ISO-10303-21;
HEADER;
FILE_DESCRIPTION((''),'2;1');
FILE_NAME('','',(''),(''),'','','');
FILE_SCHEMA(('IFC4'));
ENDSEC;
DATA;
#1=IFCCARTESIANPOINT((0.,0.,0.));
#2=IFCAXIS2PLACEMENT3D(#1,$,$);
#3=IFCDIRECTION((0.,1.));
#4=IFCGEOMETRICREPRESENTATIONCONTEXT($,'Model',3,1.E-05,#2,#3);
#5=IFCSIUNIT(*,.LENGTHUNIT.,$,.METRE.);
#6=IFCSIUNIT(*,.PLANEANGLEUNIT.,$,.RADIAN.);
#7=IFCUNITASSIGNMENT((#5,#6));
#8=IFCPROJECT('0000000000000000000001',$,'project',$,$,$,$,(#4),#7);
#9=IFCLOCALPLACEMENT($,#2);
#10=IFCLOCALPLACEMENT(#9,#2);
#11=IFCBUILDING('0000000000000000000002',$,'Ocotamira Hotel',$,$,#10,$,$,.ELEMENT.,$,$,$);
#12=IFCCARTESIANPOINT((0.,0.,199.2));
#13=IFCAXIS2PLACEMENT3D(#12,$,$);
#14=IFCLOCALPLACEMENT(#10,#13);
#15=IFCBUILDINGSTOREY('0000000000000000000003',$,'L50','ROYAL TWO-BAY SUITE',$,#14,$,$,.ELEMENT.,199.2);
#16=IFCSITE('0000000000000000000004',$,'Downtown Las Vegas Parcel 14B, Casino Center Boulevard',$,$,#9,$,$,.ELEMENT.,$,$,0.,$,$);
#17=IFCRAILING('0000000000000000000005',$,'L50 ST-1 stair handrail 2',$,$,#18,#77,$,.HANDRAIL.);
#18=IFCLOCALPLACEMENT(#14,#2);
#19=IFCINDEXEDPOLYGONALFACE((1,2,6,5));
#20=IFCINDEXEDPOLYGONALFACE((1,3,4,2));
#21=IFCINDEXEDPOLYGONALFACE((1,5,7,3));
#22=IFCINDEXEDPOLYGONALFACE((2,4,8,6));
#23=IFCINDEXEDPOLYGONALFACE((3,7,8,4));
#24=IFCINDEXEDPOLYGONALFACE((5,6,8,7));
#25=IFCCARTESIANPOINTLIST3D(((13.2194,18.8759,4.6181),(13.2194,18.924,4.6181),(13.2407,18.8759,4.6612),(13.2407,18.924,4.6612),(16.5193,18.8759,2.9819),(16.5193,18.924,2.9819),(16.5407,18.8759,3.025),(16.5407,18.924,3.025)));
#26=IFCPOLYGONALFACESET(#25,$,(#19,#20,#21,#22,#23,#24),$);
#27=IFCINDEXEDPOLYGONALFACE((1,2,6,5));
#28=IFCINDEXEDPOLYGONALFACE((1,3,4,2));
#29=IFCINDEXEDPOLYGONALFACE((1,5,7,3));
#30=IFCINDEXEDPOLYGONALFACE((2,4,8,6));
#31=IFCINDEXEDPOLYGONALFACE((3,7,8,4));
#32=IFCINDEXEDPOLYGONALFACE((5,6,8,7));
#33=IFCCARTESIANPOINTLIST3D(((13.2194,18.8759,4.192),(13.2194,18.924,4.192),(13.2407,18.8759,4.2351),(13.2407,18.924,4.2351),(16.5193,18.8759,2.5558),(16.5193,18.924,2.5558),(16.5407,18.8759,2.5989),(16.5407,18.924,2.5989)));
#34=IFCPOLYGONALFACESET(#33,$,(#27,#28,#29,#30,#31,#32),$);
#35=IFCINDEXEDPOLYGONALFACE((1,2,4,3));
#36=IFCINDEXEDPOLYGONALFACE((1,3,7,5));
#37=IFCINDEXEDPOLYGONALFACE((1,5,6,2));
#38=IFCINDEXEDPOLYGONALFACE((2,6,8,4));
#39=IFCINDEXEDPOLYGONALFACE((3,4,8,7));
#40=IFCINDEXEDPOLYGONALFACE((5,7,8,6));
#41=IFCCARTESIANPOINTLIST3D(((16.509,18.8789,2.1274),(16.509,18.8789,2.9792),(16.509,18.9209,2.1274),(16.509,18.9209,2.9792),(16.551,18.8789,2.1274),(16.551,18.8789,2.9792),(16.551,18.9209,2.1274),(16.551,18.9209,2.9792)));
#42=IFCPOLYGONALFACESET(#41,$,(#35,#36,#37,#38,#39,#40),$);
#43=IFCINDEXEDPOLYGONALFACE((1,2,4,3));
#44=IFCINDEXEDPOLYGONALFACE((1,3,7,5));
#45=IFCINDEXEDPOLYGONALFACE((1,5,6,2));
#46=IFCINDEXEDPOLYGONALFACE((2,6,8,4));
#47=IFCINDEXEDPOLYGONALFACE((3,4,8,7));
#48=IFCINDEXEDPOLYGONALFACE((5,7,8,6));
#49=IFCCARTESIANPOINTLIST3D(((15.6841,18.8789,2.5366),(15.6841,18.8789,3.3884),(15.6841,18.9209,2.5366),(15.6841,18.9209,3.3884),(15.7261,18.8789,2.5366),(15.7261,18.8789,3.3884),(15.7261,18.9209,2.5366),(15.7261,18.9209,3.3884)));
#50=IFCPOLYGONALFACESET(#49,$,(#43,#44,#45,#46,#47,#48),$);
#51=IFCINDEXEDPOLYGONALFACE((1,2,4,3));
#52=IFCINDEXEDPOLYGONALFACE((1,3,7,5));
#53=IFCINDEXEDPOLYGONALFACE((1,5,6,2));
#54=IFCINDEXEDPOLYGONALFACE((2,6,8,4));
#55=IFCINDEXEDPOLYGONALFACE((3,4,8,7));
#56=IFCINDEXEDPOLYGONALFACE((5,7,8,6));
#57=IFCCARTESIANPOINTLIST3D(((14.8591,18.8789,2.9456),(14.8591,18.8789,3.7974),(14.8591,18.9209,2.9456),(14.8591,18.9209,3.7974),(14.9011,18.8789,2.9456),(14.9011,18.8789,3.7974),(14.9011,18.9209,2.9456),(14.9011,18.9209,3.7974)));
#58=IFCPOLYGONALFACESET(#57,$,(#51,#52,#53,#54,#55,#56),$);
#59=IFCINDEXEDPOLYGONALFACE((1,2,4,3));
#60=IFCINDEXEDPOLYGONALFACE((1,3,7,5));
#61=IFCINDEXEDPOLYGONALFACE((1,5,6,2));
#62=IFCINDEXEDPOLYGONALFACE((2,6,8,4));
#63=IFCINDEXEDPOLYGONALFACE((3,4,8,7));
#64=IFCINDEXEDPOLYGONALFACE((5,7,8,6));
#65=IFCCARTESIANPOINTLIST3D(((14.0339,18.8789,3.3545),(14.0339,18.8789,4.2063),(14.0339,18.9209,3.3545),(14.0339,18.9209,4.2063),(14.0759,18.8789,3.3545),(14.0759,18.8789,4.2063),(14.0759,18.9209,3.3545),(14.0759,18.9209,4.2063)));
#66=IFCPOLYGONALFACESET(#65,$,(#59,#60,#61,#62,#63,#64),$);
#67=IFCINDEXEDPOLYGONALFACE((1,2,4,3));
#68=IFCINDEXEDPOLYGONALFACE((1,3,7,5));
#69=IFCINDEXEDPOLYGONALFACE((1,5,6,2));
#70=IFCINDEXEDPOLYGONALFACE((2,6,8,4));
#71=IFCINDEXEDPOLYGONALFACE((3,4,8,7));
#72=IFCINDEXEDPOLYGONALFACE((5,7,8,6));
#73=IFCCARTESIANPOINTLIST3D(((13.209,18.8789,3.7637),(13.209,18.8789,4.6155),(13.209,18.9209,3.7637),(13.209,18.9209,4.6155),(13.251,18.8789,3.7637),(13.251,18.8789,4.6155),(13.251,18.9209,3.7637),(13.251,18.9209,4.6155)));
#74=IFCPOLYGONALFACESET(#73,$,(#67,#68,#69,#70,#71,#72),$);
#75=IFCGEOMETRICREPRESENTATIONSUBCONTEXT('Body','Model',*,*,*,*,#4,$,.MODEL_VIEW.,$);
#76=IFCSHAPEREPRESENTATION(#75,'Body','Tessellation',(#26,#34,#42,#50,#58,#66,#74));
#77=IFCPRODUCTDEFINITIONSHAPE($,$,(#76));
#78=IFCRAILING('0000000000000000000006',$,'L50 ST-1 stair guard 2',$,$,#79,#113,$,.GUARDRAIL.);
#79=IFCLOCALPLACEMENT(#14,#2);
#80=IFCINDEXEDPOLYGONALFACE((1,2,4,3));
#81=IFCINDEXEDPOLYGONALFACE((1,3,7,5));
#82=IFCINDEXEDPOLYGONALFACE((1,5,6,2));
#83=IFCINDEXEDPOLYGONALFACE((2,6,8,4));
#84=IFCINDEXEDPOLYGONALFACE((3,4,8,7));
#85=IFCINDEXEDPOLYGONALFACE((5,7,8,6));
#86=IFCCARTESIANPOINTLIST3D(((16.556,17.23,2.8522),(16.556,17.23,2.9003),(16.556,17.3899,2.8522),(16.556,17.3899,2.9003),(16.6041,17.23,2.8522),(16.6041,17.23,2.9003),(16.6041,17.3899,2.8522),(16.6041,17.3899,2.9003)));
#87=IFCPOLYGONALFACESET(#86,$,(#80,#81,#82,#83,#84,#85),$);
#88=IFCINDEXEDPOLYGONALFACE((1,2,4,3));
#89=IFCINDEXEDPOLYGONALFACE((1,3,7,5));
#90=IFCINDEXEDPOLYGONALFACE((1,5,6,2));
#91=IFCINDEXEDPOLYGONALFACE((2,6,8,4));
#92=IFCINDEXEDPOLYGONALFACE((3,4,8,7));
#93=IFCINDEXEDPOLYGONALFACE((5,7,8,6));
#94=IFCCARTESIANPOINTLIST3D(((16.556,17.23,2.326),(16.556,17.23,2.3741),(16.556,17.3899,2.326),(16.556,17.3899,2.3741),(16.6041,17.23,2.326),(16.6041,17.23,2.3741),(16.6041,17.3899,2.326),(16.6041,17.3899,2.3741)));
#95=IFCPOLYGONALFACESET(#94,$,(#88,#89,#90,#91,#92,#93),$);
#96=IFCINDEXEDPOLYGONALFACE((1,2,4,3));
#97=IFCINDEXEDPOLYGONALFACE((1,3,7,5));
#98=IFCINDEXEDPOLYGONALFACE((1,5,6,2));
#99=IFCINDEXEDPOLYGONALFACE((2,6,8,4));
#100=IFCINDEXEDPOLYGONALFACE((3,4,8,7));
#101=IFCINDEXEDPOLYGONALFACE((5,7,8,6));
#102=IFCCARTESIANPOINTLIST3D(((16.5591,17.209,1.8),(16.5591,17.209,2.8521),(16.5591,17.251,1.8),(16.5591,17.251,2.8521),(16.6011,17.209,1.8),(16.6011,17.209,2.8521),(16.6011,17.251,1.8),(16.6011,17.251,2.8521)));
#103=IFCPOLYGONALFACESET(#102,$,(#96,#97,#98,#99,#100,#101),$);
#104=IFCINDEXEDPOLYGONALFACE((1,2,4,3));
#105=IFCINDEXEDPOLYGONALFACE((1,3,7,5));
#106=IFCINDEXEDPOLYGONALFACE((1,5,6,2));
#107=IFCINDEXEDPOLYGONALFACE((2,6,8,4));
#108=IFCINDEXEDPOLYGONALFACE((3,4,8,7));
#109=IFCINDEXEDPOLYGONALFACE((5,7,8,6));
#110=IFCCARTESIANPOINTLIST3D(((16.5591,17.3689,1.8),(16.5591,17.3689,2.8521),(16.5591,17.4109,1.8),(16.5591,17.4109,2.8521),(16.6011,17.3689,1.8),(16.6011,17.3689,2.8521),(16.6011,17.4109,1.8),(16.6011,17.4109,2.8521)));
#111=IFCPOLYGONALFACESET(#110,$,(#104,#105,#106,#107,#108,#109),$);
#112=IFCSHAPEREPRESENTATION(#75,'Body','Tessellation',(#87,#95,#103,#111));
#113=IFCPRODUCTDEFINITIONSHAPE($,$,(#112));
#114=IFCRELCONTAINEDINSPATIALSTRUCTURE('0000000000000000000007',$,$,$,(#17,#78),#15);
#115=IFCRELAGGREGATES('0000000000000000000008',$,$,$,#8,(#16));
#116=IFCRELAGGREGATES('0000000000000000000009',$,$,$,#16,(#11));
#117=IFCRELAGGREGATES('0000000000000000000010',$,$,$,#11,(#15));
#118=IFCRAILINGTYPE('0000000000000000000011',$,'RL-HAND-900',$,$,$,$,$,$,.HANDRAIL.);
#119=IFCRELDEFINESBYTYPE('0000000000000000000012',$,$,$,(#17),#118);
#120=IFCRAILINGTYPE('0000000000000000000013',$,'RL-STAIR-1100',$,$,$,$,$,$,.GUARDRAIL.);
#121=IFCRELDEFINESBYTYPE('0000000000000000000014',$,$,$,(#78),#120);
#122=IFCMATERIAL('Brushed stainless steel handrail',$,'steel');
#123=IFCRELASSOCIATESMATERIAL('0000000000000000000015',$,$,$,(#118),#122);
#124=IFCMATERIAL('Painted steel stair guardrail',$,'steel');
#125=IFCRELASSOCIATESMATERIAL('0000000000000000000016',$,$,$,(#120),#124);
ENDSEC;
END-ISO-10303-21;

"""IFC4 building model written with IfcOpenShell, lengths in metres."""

from ifc_helpers import new_model, si_unit, direction, frame, origin, origin_2d, place, context, subcontext, project, spatial, rectangle, extrude, material, type_object, element, save


model = new_model("IFC4")

# Units and contexts
model_context = context("Model", 3, precision=1e-05, world=origin(), true_north=direction((0.0, 1.0)))
body_context = subcontext(model_context, "Body", "Model", "MODEL_VIEW")
ifc_project = project(units=[si_unit("LENGTHUNIT", "METRE"), si_unit("PLANEANGLEUNIT", "RADIAN")], contexts=[model_context])

# Site, building, storey
site_placement = place(None, origin())
site = spatial("IfcSite", under=ifc_project, at=site_placement, Name="Downtown Las Vegas Parcel 14B, Casino Center Boulevard", CompositionType="ELEMENT", RefElevation=0.0)
building_placement = place(site_placement, origin())
building = spatial("IfcBuilding", under=site, at=building_placement, Name="Ocotamira Hotel", CompositionType="ELEMENT")
storey_placement = place(building_placement, frame((0.0, 0.0, 199.2)))
storey = spatial("IfcBuildingStorey", under=building, at=storey_placement, Name="L50", Description="ROYAL TWO-BAY SUITE", CompositionType="ELEMENT", Elevation=199.2)

# Railings
ifc_material_1 = material(Name="Brushed stainless steel handrail", Category="steel")
railing_type_1 = type_object("IfcRailingType", Name="RL-HAND-900", PredefinedType="HANDRAIL", material=ifc_material_1)
railing_1_placement = place(storey_placement, frame((16.53, 18.8999, 2.1274)))
element("IfcRailing", 1, at=railing_1_placement, inside=storey, type_object=railing_type_1, Name="L50 ST-1 stair handrail 2", PredefinedType="HANDRAIL", context=body_context, shape_type="SweptSolid", body=[
    extrude(rectangle(XDim=0.0481, YDim=0.0481, at=origin_2d()), frame((0.0, 0.0, 0.876), z_axis=(-0.89592, 0.0, 0.444215), x_axis=(0.0, -1.0, 0.0)), (0.0, 0.0, 1.0), 3.6833),
    extrude(rectangle(XDim=0.0481, YDim=0.0481, at=origin_2d()), frame((0.0, 0.0, 0.45), z_axis=(-0.89592, 0.0, 0.444215), x_axis=(0.0, -1.0, 0.0)), (0.0, 0.0, 1.0), 3.6833),
    extrude(rectangle(XDim=0.042, YDim=0.042, at=origin_2d()), origin(), (0.0, 0.0, 1.0), 0.8518),
    extrude(rectangle(XDim=0.042, YDim=0.042, at=origin_2d()), frame((-0.825, 0.0, 0.4092)), (0.0, 0.0, 1.0), 0.8518),
    extrude(rectangle(XDim=0.042, YDim=0.042, at=origin_2d()), frame((-1.6499, 0.0, 0.8181)), (0.0, 0.0, 1.0), 0.8518),
    extrude(rectangle(XDim=0.042, YDim=0.042, at=origin_2d()), frame((-2.4751, 0.0, 1.2271)), (0.0, 0.0, 1.0), 0.8518),
    extrude(rectangle(XDim=0.042, YDim=0.042, at=origin_2d()), frame((-3.3, 0.0, 1.6362)), (0.0, 0.0, 1.0), 0.8518),
])
ifc_material_2 = material(Name="Painted steel stair guardrail", Category="steel")
railing_type_2 = type_object("IfcRailingType", Name="RL-STAIR-1100", PredefinedType="GUARDRAIL", material=ifc_material_2)
railing_2_placement = place(storey_placement, frame((16.5801, 17.23, 1.8)))
element("IfcRailing", 2, at=railing_2_placement, inside=storey, type_object=railing_type_2, Name="L50 ST-1 stair guard 2", PredefinedType="GUARDRAIL", context=body_context, shape_type="SweptSolid", body=[
    extrude(rectangle(XDim=0.0481, YDim=0.0481, at=origin_2d()), frame((0.0, 0.0, 1.0762), z_axis=(0.0, 1.0, 0.0), x_axis=(-1.0, 0.0, 0.0)), (0.0, 0.0, 1.0), 0.1599),
    extrude(rectangle(XDim=0.0481, YDim=0.0481, at=origin_2d()), frame((0.0, 0.0, 0.55), z_axis=(0.0, 1.0, 0.0), x_axis=(-1.0, 0.0, 0.0)), (0.0, 0.0, 1.0), 0.1599),
    extrude(rectangle(XDim=0.042, YDim=0.042, at=origin_2d()), origin(), (0.0, 0.0, 1.0), 1.052),
    extrude(rectangle(XDim=0.042, YDim=0.042, at=origin_2d()), frame((0.0, 0.1599, 0.0)), (0.0, 0.0, 1.0), 1.052),
])

save(model, "model.ifc")
